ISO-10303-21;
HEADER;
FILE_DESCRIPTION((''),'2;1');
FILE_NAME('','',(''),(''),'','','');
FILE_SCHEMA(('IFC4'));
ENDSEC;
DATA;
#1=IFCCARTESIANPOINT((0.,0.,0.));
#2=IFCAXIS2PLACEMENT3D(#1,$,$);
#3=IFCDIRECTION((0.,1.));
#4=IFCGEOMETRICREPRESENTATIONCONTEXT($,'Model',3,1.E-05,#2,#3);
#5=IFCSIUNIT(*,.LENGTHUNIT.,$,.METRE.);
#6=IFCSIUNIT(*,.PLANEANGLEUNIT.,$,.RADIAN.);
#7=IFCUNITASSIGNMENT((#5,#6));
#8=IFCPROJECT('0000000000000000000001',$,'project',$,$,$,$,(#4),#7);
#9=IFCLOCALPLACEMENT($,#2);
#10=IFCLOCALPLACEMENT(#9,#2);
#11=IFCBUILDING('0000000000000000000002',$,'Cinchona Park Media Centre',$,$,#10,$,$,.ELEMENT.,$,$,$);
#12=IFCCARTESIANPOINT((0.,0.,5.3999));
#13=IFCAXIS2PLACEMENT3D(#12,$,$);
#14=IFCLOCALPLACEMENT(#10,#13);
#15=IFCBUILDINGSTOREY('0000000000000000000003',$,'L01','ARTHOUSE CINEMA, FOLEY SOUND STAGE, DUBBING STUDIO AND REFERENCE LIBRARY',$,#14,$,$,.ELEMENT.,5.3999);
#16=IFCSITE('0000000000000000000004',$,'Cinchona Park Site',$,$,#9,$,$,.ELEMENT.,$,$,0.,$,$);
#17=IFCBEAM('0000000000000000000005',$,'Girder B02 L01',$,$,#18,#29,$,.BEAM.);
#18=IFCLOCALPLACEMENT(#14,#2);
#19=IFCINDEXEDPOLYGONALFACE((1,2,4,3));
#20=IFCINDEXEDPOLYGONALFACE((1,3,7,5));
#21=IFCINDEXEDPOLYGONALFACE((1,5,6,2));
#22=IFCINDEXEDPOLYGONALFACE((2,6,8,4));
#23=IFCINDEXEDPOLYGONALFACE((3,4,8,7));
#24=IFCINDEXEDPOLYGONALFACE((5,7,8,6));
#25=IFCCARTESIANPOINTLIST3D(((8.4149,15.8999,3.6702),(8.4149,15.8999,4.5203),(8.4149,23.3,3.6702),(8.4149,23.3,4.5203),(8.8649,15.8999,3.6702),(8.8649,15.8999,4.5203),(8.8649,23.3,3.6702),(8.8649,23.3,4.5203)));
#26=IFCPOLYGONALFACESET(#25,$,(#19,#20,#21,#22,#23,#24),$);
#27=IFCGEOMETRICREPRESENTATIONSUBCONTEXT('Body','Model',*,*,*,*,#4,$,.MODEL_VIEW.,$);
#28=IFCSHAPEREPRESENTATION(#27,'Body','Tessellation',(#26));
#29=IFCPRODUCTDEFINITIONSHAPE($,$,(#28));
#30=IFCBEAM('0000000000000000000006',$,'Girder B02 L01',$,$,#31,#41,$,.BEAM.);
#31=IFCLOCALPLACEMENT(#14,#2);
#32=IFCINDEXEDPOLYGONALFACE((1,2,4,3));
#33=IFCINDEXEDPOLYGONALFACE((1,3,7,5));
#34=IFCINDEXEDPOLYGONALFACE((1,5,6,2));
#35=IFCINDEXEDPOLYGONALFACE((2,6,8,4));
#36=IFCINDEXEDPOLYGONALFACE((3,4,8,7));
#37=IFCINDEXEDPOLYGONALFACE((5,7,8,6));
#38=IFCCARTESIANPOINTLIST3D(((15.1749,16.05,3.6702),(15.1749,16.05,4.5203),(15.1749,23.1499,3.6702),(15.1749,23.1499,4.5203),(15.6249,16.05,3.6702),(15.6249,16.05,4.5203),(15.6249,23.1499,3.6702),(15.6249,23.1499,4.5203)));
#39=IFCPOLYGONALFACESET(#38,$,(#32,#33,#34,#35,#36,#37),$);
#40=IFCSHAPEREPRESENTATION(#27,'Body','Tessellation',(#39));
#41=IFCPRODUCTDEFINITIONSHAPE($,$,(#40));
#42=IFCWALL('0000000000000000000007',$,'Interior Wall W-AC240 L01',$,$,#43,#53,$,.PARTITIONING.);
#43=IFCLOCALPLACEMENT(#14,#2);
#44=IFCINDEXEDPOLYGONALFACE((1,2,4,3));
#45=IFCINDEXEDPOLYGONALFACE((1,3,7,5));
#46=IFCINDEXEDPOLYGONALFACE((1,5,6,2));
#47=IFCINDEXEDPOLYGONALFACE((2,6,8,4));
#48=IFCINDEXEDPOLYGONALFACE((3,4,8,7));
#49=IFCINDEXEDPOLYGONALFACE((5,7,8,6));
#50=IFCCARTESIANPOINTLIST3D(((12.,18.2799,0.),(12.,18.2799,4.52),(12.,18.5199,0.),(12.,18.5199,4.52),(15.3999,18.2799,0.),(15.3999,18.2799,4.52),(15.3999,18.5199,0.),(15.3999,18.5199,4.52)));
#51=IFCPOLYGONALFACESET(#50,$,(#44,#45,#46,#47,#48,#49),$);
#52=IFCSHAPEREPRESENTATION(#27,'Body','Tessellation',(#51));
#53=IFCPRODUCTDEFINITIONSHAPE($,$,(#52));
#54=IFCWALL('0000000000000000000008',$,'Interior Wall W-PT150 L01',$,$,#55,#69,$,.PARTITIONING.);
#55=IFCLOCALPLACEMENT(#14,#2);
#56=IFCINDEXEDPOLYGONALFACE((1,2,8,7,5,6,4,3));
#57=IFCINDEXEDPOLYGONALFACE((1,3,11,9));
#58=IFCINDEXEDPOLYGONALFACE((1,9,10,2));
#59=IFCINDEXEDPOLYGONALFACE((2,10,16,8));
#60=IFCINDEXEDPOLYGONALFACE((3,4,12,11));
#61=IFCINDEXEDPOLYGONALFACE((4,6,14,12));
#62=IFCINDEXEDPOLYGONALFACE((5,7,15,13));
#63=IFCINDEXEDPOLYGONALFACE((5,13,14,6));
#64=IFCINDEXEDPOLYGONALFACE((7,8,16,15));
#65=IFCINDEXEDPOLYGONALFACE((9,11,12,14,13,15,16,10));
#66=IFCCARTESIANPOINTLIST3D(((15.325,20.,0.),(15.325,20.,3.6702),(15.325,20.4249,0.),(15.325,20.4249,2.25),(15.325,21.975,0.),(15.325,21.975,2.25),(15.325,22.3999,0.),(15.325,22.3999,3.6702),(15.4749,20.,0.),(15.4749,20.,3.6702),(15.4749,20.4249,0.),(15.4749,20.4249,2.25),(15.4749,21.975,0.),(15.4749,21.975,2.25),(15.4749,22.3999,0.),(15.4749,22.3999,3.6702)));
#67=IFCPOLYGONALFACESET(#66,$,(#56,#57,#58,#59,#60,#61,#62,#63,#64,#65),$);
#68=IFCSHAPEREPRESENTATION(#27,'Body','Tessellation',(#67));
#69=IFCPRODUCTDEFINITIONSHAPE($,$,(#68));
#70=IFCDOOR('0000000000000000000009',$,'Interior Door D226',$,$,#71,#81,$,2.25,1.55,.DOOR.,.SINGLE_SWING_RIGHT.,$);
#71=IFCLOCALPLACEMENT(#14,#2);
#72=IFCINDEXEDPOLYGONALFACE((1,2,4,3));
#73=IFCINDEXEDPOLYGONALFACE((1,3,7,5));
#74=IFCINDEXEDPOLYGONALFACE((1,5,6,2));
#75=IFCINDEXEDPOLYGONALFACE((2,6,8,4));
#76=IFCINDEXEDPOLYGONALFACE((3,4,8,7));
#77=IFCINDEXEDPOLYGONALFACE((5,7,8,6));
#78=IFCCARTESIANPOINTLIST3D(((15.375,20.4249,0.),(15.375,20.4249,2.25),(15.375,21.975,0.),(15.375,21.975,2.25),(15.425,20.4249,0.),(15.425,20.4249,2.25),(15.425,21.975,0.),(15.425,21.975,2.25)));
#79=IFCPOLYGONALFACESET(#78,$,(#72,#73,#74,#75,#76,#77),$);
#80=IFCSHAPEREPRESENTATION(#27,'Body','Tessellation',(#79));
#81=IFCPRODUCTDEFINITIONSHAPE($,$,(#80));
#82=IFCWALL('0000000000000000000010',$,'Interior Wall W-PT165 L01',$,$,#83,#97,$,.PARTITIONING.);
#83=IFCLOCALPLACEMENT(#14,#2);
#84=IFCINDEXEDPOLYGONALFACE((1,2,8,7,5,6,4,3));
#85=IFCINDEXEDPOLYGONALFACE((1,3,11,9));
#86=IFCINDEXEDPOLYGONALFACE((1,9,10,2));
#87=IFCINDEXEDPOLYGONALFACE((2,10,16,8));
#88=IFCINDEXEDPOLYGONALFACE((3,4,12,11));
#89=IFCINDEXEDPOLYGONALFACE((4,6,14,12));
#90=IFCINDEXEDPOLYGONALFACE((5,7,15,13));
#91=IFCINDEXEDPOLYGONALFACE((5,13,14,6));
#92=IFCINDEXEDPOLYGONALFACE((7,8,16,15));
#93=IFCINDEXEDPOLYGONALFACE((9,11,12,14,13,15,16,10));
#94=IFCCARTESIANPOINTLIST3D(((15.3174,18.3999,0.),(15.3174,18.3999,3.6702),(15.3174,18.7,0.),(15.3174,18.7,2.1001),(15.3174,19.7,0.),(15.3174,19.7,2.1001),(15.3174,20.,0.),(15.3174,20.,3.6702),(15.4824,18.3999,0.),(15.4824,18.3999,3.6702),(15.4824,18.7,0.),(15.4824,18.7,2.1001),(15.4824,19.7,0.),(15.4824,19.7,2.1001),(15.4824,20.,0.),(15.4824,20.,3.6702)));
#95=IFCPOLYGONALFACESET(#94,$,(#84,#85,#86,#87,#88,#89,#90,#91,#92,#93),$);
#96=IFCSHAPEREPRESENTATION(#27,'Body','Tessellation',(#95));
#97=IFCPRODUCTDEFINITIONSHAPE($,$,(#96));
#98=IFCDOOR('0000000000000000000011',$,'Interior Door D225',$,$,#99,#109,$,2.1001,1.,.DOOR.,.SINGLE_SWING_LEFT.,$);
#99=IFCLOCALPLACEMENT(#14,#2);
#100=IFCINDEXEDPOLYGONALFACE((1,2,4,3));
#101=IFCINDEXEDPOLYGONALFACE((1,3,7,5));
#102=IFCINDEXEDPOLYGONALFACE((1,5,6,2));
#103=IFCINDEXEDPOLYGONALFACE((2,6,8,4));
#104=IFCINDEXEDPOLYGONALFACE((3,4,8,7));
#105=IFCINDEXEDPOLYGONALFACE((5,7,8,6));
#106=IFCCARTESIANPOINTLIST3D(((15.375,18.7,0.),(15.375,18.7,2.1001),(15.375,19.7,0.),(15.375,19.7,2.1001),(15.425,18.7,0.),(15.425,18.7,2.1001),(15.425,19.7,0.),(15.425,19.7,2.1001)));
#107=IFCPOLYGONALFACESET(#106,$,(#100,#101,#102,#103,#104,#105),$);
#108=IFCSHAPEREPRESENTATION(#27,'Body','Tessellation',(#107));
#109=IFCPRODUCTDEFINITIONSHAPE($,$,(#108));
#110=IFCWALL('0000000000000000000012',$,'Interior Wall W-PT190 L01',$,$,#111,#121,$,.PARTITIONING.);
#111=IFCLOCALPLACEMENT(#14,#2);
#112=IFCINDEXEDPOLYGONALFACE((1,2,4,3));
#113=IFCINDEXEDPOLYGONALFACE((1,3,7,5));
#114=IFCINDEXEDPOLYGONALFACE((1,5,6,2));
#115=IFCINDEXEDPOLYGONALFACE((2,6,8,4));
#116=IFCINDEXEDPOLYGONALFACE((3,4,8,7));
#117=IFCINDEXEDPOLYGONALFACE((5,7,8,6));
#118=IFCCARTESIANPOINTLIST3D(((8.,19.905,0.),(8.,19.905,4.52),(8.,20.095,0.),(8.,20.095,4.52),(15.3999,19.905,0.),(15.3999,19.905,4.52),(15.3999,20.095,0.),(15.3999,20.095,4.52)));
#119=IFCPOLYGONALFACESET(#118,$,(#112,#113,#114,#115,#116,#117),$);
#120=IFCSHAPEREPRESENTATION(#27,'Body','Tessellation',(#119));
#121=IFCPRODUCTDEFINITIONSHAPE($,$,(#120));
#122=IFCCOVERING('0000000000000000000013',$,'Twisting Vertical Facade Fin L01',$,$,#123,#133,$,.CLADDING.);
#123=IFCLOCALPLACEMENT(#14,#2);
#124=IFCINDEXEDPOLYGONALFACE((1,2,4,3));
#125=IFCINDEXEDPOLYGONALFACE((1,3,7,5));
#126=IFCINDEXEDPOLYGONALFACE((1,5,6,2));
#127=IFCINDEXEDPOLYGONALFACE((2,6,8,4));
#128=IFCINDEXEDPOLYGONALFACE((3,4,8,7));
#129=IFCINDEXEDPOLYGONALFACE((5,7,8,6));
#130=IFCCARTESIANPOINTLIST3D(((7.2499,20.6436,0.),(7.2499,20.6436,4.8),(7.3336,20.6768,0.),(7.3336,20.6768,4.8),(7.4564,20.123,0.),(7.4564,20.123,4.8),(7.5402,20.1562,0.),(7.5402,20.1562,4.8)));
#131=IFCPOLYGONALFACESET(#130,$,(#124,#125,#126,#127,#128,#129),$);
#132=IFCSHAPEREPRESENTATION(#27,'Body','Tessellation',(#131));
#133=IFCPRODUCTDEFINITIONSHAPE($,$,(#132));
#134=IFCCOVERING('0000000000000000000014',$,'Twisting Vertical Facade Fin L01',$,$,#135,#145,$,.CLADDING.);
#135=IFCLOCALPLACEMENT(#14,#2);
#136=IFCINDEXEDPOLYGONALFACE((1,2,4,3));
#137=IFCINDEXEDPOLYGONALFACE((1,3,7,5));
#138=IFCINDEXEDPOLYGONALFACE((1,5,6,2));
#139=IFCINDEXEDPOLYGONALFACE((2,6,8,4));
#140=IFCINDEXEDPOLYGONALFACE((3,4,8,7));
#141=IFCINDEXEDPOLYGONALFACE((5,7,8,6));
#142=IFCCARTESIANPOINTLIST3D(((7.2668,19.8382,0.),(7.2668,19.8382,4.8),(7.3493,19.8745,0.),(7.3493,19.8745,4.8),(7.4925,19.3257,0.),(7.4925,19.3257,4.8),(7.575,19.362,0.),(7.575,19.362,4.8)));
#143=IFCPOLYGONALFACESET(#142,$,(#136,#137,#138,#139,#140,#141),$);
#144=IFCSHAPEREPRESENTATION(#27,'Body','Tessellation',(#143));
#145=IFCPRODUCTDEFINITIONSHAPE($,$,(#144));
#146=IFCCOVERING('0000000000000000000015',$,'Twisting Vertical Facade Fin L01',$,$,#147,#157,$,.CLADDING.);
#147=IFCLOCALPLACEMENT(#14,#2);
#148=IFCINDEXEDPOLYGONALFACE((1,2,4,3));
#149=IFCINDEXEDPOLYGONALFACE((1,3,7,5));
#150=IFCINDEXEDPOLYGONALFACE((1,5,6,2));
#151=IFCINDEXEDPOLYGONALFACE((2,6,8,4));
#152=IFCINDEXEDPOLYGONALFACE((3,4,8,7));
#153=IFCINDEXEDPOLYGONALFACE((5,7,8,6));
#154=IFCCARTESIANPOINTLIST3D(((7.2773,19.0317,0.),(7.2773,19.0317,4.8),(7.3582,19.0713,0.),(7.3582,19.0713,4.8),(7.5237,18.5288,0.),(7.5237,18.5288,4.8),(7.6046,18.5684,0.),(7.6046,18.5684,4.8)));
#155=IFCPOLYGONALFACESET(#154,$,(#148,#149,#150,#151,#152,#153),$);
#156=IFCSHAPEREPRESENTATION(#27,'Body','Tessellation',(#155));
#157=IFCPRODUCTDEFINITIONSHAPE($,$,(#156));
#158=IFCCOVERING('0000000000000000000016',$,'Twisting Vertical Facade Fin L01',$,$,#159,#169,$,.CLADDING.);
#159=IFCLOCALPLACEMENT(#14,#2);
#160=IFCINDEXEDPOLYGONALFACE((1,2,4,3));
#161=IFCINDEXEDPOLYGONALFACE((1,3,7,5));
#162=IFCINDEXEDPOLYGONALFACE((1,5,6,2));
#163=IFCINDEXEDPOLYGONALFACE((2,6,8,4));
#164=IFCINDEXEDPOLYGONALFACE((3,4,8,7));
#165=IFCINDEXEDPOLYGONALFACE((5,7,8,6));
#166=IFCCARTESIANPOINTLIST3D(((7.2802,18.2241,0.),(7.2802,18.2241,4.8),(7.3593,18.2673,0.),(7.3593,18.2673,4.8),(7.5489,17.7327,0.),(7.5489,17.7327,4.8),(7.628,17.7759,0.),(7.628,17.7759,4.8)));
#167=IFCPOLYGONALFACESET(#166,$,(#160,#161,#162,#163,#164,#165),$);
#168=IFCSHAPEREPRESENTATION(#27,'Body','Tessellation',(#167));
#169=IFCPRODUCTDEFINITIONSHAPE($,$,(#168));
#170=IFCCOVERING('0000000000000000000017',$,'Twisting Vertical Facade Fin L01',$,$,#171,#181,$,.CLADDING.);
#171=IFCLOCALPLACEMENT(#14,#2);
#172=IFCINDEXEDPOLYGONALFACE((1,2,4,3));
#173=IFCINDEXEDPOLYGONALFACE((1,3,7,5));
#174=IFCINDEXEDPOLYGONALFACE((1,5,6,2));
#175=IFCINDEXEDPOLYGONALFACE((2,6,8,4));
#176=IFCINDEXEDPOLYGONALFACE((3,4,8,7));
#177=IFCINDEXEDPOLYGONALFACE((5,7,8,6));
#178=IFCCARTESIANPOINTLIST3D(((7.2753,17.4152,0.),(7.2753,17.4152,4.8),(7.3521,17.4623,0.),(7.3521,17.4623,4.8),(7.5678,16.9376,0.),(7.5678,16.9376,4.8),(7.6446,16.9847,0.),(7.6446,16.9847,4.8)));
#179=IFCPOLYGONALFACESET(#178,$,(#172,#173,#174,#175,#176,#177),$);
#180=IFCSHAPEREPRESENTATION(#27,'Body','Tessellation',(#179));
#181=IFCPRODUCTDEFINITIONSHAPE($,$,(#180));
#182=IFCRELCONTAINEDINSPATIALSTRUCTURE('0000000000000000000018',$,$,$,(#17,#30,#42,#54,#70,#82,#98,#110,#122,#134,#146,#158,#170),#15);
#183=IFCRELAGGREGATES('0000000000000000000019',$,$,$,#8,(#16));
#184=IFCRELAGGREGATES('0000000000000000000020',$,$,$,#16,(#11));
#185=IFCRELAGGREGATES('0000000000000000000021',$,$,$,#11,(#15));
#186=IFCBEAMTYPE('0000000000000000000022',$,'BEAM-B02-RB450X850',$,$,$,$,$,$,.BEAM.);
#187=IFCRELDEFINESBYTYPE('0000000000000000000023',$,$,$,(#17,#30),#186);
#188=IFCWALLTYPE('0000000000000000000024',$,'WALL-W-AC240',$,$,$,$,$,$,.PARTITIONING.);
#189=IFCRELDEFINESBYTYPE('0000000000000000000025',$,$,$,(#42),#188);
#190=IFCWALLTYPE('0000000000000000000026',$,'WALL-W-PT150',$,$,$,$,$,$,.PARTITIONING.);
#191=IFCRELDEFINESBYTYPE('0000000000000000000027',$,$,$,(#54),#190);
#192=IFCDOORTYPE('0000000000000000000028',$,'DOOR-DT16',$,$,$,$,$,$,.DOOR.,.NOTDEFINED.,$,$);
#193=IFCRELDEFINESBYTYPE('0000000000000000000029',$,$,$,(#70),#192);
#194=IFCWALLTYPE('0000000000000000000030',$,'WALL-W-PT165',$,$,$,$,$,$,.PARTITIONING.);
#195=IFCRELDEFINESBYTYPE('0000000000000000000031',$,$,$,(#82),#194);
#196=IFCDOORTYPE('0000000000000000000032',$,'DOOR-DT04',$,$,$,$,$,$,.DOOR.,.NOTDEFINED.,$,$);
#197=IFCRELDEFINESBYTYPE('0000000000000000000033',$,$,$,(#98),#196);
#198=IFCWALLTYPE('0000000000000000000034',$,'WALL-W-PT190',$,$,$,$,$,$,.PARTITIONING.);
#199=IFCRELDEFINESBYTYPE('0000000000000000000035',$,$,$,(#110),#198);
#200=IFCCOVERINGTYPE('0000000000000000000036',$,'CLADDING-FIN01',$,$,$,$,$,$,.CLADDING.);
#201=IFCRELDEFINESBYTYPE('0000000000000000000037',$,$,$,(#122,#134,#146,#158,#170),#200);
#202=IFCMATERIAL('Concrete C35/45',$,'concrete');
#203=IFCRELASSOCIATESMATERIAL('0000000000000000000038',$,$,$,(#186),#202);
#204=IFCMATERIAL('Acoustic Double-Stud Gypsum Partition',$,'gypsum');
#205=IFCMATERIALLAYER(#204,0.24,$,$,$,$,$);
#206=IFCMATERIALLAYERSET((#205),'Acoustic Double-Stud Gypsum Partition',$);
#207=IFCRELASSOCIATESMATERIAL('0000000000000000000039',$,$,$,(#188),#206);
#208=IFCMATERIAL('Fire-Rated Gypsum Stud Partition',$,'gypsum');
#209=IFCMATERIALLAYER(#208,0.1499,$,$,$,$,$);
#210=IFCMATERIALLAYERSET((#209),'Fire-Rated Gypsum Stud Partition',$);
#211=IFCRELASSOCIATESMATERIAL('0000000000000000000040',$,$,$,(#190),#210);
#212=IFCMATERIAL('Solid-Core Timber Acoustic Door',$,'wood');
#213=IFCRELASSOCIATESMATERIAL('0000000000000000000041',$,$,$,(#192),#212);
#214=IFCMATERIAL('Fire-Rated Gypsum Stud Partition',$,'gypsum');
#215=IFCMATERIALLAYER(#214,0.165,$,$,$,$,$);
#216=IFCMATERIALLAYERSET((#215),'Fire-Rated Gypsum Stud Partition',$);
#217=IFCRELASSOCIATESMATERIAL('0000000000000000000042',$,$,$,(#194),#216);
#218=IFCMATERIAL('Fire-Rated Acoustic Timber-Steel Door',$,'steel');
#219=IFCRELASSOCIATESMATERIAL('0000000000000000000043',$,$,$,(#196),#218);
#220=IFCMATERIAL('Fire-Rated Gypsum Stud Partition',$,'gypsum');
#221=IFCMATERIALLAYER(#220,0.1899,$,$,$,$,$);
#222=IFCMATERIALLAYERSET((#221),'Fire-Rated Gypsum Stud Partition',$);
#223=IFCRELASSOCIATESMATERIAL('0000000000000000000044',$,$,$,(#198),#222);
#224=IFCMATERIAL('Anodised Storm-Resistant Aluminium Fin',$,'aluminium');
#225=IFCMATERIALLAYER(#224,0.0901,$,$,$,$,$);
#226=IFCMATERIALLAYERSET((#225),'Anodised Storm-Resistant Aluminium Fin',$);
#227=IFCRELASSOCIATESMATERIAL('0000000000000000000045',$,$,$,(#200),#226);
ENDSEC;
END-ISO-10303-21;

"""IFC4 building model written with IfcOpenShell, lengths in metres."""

from ifc_helpers import new_model, si_unit, direction, frame, frame_2d, origin, origin_2d, place, context, subcontext, project, spatial, rectangle, extrude, material, layer, layer_set, material_profile, profile_set, type_object, element, fill, save


model = new_model("IFC4")

# Units and contexts
model_context = context("Model", 3, precision=1e-05, world=origin(), true_north=direction((0.0, 1.0)))
body_context = subcontext(model_context, "Body", "Model", "MODEL_VIEW")
ifc_project = project(units=[si_unit("LENGTHUNIT", "METRE"), si_unit("PLANEANGLEUNIT", "RADIAN")], contexts=[model_context])

# Site, building, storey
site_placement = place(None, origin())
site = spatial("IfcSite", under=ifc_project, at=site_placement, Name="Cinchona Park Site", CompositionType="ELEMENT", RefElevation=0.0)
building_placement = place(site_placement, origin())
building = spatial("IfcBuilding", under=site, at=building_placement, Name="Cinchona Park Media Centre", CompositionType="ELEMENT")
storey_placement = place(building_placement, frame((0.0, 0.0, 5.3999)))
storey = spatial("IfcBuildingStorey", under=building, at=storey_placement, Name="L01", Description="ARTHOUSE CINEMA, FOLEY SOUND STAGE, DUBBING STUDIO AND REFERENCE LIBRARY", CompositionType="ELEMENT", Elevation=5.3999)

# Beams
ifc_material_1 = material(Name="Concrete C35/45", Category="concrete")
ifc_material_profile = material_profile(ifc_material_1, rectangle(XDim=0.45, YDim=0.8501, at=origin_2d()), Name="RB 450X850")
ifc_profile_set = profile_set([ifc_material_profile], Name="Concrete C35/45")
beam_type = type_object("IfcBeamType", Name="BEAM-B02-RB450X850", PredefinedType="BEAM", material=ifc_profile_set)
beam_1_placement = place(storey_placement, frame((8.6399, 15.8999, 4.0952), z_axis=(0.0, 1.0, 0.0), x_axis=(-1.0, 0.0, 0.0)))
element("IfcBeam", 1, at=beam_1_placement, inside=storey, type_object=beam_type, Name="Girder B02 L01", PredefinedType="BEAM", context=body_context, shape_type="SweptSolid", body=[
    extrude(rectangle(XDim=0.45, YDim=0.8501, at=origin_2d()), origin(), (0.0, 0.0, 1.0), 7.4001),
])
beam_2_placement = place(storey_placement, frame((15.3999, 16.05, 4.0952), z_axis=(0.0, 1.0, 0.0), x_axis=(-1.0, 0.0, 0.0)))
element("IfcBeam", 2, at=beam_2_placement, inside=storey, type_object=beam_type, Name="Girder B02 L01", PredefinedType="BEAM", context=body_context, shape_type="SweptSolid", body=[
    extrude(rectangle(XDim=0.45, YDim=0.8501, at=origin_2d()), origin(), (0.0, 0.0, 1.0), 7.0999),
])

# Wall
ifc_material_2 = material(Name="Acoustic Double-Stud Gypsum Partition", Category="gypsum")
ifc_layer_1 = layer(ifc_material_2, 0.24)
ifc_layer_set_1 = layer_set([ifc_layer_1], Name="Acoustic Double-Stud Gypsum Partition")
wall_type_1 = type_object("IfcWallType", Name="WALL-W-AC240", PredefinedType="PARTITIONING", material=ifc_layer_set_1)
wall_1_placement = place(storey_placement, frame((12.0, 18.3999, 0.0), z_axis=(0.0, 0.0, 1.0), x_axis=(1.0, 0.0, 0.0)))
element("IfcWall", 3, at=wall_1_placement, inside=storey, type_object=wall_type_1, Name="Interior Wall W-AC240 L01", PredefinedType="PARTITIONING", context=body_context, shape_type="SweptSolid", body=[
    extrude(rectangle(XDim=3.3999, YDim=0.24, at=frame_2d((1.7, 0.0))), origin(), (0.0, 0.0, 1.0), 4.52),
])

# Walls, openings, doors
ifc_material_3 = material(Name="Fire-Rated Gypsum Stud Partition", Category="gypsum")
ifc_layer_2 = layer(ifc_material_3, 0.1499)
ifc_layer_set_2 = layer_set([ifc_layer_2], Name="Fire-Rated Gypsum Stud Partition")
wall_type_2 = type_object("IfcWallType", Name="WALL-W-PT150", PredefinedType="PARTITIONING", material=ifc_layer_set_2)
wall_2_placement = place(storey_placement, frame((15.3999, 20.0, 0.0), z_axis=(0.0, 0.0, 1.0), x_axis=(0.0, 1.0, 0.0)))
wall_2 = element("IfcWall", 4, at=wall_2_placement, inside=storey, type_object=wall_type_2, Name="Interior Wall W-PT150 L01", PredefinedType="PARTITIONING", context=body_context, shape_type="SweptSolid", body=[
    extrude(rectangle(XDim=2.3999, YDim=0.1499, at=frame_2d((1.2, 0.0))), origin(), (0.0, 0.0, 1.0), 3.6702),
])
opening_1_placement = place(wall_2_placement, frame((0.425, 0.0, 0.0)))
opening_1 = element("IfcOpeningElement", 5, at=opening_1_placement, cuts=wall_2, PredefinedType="OPENING", context=body_context, shape_type="SweptSolid", body=[
    extrude(rectangle(XDim=1.55, YDim=2.25, at=frame_2d((0.7749, 1.125))), frame((0.0, 0.085, 0.0), z_axis=(0.0, -1.0, 0.0), x_axis=(1.0, 0.0, 0.0)), (0.0, 0.0, 1.0), 0.1699),
])
ifc_material_4 = material(Name="Solid-Core Timber Acoustic Door", Category="wood")
door_type_1 = type_object("IfcDoorType", Name="DOOR-DT16", OperationType="NOTDEFINED", PredefinedType="DOOR", material=ifc_material_4)
door_1_placement = place(opening_1_placement, origin())
door_1 = element("IfcDoor", 6, at=door_1_placement, inside=storey, type_object=door_type_1, Name="Interior Door D226", OperationType="SINGLE_SWING_RIGHT", OverallHeight=2.25, OverallWidth=1.55, PredefinedType="DOOR", context=body_context, shape_type="SweptSolid", body=[
    extrude(rectangle(XDim=1.55, YDim=2.25, at=frame_2d((0.7749, 1.125))), frame((0.0, 0.0249, 0.0), z_axis=(0.0, -1.0, 0.0), x_axis=(1.0, 0.0, 0.0)), (0.0, 0.0, 1.0), 0.05),
])
fill(opening_1, door_1)
ifc_material_5 = material(Name="Fire-Rated Gypsum Stud Partition", Category="gypsum")
ifc_layer_3 = layer(ifc_material_5, 0.165)
ifc_layer_set_3 = layer_set([ifc_layer_3], Name="Fire-Rated Gypsum Stud Partition")
wall_type_3 = type_object("IfcWallType", Name="WALL-W-PT165", PredefinedType="PARTITIONING", material=ifc_layer_set_3)
wall_3_placement = place(storey_placement, frame((15.3999, 18.3999, 0.0), z_axis=(0.0, 0.0, 1.0), x_axis=(0.0, 1.0, 0.0)))
wall_3 = element("IfcWall", 7, at=wall_3_placement, inside=storey, type_object=wall_type_3, Name="Interior Wall W-PT165 L01", PredefinedType="PARTITIONING", context=body_context, shape_type="SweptSolid", body=[
    extrude(rectangle(XDim=1.6001, YDim=0.165, at=frame_2d((0.8, 0.0))), origin(), (0.0, 0.0, 1.0), 3.6702),
])
opening_2_placement = place(wall_3_placement, frame((0.3, 0.0, 0.0)))
opening_2 = element("IfcOpeningElement", 8, at=opening_2_placement, cuts=wall_3, PredefinedType="OPENING", context=body_context, shape_type="SweptSolid", body=[
    extrude(rectangle(XDim=1.0, YDim=2.1001, at=frame_2d((0.5, 1.05))), frame((0.0, 0.0925, 0.0), z_axis=(0.0, -1.0, 0.0), x_axis=(1.0, 0.0, 0.0)), (0.0, 0.0, 1.0), 0.1851),
])
ifc_material_6 = material(Name="Fire-Rated Acoustic Timber-Steel Door", Category="steel")
door_type_2 = type_object("IfcDoorType", Name="DOOR-DT04", OperationType="NOTDEFINED", PredefinedType="DOOR", material=ifc_material_6)
door_2_placement = place(opening_2_placement, origin())
door_2 = element("IfcDoor", 9, at=door_2_placement, inside=storey, type_object=door_type_2, Name="Interior Door D225", OperationType="SINGLE_SWING_LEFT", OverallHeight=2.1001, OverallWidth=1.0, PredefinedType="DOOR", context=body_context, shape_type="SweptSolid", body=[
    extrude(rectangle(XDim=1.0, YDim=2.1001, at=frame_2d((0.5, 1.05))), frame((0.0, 0.0249, 0.0), z_axis=(0.0, -1.0, 0.0), x_axis=(1.0, 0.0, 0.0)), (0.0, 0.0, 1.0), 0.05),
])
fill(opening_2, door_2)
ifc_material_7 = material(Name="Fire-Rated Gypsum Stud Partition", Category="gypsum")
ifc_layer_4 = layer(ifc_material_7, 0.1899)
ifc_layer_set_4 = layer_set([ifc_layer_4], Name="Fire-Rated Gypsum Stud Partition")
wall_type_4 = type_object("IfcWallType", Name="WALL-W-PT190", PredefinedType="PARTITIONING", material=ifc_layer_set_4)

# Wall
wall_4_placement = place(storey_placement, frame((8.0, 20.0, 0.0), z_axis=(0.0, 0.0, 1.0), x_axis=(1.0, 0.0, 0.0)))
element("IfcWall", 10, at=wall_4_placement, inside=storey, type_object=wall_type_4, Name="Interior Wall W-PT190 L01", PredefinedType="PARTITIONING", context=body_context, shape_type="SweptSolid", body=[
    extrude(rectangle(XDim=7.3999, YDim=0.1899, at=frame_2d((3.7, 0.0))), origin(), (0.0, 0.0, 1.0), 4.52),
])

# Coverings
ifc_material_8 = material(Name="Anodised Storm-Resistant Aluminium Fin", Category="aluminium")
ifc_layer_5 = layer(ifc_material_8, 0.0901)
ifc_layer_set_5 = layer_set([ifc_layer_5], Name="Anodised Storm-Resistant Aluminium Fin")
covering_type = type_object("IfcCoveringType", Name="CLADDING-FIN01", PredefinedType="CLADDING", material=ifc_layer_set_5)
for number, where, z_axis, x_axis, name in (
    (11, (7.395, 20.3999, 0.0), (0.0, 0.0, 1.0), (0.368774, -0.929519, 0.0), "Twisting Vertical Facade Fin L01"),
    (12, (7.4209, 19.6001, 0.0), (0.0, 0.0, 1.0), (0.403066, -0.915171, 0.0), "Twisting Vertical Facade Fin L01"),
    (13, (7.4409, 18.8, 0.0), (0.0, 0.0, 1.0), (0.439939, -0.898028, 0.0), "Twisting Vertical Facade Fin L01"),
    (14, (7.4541, 18.0, 0.0), (0.0, 0.0, 1.0), (0.479764, -0.877397, 0.0), "Twisting Vertical Facade Fin L01"),
    (15, (7.46, 17.2, 0.0), (0.0, 0.0, 1.0), (0.522201, -0.852822, 0.0), "Twisting Vertical Facade Fin L01"),
):
    element("IfcCovering", number, at=place(storey_placement, frame(where, z_axis=z_axis, x_axis=x_axis)), inside=storey, type_object=covering_type, Name=name, PredefinedType="CLADDING", context=body_context, shape_type="SweptSolid", body=[
        extrude(rectangle(XDim=0.5601, YDim=0.0901, at=origin_2d()), origin(), (0.0, 0.0, 1.0), 4.8),
    ])

save(model, "model.ifc")
